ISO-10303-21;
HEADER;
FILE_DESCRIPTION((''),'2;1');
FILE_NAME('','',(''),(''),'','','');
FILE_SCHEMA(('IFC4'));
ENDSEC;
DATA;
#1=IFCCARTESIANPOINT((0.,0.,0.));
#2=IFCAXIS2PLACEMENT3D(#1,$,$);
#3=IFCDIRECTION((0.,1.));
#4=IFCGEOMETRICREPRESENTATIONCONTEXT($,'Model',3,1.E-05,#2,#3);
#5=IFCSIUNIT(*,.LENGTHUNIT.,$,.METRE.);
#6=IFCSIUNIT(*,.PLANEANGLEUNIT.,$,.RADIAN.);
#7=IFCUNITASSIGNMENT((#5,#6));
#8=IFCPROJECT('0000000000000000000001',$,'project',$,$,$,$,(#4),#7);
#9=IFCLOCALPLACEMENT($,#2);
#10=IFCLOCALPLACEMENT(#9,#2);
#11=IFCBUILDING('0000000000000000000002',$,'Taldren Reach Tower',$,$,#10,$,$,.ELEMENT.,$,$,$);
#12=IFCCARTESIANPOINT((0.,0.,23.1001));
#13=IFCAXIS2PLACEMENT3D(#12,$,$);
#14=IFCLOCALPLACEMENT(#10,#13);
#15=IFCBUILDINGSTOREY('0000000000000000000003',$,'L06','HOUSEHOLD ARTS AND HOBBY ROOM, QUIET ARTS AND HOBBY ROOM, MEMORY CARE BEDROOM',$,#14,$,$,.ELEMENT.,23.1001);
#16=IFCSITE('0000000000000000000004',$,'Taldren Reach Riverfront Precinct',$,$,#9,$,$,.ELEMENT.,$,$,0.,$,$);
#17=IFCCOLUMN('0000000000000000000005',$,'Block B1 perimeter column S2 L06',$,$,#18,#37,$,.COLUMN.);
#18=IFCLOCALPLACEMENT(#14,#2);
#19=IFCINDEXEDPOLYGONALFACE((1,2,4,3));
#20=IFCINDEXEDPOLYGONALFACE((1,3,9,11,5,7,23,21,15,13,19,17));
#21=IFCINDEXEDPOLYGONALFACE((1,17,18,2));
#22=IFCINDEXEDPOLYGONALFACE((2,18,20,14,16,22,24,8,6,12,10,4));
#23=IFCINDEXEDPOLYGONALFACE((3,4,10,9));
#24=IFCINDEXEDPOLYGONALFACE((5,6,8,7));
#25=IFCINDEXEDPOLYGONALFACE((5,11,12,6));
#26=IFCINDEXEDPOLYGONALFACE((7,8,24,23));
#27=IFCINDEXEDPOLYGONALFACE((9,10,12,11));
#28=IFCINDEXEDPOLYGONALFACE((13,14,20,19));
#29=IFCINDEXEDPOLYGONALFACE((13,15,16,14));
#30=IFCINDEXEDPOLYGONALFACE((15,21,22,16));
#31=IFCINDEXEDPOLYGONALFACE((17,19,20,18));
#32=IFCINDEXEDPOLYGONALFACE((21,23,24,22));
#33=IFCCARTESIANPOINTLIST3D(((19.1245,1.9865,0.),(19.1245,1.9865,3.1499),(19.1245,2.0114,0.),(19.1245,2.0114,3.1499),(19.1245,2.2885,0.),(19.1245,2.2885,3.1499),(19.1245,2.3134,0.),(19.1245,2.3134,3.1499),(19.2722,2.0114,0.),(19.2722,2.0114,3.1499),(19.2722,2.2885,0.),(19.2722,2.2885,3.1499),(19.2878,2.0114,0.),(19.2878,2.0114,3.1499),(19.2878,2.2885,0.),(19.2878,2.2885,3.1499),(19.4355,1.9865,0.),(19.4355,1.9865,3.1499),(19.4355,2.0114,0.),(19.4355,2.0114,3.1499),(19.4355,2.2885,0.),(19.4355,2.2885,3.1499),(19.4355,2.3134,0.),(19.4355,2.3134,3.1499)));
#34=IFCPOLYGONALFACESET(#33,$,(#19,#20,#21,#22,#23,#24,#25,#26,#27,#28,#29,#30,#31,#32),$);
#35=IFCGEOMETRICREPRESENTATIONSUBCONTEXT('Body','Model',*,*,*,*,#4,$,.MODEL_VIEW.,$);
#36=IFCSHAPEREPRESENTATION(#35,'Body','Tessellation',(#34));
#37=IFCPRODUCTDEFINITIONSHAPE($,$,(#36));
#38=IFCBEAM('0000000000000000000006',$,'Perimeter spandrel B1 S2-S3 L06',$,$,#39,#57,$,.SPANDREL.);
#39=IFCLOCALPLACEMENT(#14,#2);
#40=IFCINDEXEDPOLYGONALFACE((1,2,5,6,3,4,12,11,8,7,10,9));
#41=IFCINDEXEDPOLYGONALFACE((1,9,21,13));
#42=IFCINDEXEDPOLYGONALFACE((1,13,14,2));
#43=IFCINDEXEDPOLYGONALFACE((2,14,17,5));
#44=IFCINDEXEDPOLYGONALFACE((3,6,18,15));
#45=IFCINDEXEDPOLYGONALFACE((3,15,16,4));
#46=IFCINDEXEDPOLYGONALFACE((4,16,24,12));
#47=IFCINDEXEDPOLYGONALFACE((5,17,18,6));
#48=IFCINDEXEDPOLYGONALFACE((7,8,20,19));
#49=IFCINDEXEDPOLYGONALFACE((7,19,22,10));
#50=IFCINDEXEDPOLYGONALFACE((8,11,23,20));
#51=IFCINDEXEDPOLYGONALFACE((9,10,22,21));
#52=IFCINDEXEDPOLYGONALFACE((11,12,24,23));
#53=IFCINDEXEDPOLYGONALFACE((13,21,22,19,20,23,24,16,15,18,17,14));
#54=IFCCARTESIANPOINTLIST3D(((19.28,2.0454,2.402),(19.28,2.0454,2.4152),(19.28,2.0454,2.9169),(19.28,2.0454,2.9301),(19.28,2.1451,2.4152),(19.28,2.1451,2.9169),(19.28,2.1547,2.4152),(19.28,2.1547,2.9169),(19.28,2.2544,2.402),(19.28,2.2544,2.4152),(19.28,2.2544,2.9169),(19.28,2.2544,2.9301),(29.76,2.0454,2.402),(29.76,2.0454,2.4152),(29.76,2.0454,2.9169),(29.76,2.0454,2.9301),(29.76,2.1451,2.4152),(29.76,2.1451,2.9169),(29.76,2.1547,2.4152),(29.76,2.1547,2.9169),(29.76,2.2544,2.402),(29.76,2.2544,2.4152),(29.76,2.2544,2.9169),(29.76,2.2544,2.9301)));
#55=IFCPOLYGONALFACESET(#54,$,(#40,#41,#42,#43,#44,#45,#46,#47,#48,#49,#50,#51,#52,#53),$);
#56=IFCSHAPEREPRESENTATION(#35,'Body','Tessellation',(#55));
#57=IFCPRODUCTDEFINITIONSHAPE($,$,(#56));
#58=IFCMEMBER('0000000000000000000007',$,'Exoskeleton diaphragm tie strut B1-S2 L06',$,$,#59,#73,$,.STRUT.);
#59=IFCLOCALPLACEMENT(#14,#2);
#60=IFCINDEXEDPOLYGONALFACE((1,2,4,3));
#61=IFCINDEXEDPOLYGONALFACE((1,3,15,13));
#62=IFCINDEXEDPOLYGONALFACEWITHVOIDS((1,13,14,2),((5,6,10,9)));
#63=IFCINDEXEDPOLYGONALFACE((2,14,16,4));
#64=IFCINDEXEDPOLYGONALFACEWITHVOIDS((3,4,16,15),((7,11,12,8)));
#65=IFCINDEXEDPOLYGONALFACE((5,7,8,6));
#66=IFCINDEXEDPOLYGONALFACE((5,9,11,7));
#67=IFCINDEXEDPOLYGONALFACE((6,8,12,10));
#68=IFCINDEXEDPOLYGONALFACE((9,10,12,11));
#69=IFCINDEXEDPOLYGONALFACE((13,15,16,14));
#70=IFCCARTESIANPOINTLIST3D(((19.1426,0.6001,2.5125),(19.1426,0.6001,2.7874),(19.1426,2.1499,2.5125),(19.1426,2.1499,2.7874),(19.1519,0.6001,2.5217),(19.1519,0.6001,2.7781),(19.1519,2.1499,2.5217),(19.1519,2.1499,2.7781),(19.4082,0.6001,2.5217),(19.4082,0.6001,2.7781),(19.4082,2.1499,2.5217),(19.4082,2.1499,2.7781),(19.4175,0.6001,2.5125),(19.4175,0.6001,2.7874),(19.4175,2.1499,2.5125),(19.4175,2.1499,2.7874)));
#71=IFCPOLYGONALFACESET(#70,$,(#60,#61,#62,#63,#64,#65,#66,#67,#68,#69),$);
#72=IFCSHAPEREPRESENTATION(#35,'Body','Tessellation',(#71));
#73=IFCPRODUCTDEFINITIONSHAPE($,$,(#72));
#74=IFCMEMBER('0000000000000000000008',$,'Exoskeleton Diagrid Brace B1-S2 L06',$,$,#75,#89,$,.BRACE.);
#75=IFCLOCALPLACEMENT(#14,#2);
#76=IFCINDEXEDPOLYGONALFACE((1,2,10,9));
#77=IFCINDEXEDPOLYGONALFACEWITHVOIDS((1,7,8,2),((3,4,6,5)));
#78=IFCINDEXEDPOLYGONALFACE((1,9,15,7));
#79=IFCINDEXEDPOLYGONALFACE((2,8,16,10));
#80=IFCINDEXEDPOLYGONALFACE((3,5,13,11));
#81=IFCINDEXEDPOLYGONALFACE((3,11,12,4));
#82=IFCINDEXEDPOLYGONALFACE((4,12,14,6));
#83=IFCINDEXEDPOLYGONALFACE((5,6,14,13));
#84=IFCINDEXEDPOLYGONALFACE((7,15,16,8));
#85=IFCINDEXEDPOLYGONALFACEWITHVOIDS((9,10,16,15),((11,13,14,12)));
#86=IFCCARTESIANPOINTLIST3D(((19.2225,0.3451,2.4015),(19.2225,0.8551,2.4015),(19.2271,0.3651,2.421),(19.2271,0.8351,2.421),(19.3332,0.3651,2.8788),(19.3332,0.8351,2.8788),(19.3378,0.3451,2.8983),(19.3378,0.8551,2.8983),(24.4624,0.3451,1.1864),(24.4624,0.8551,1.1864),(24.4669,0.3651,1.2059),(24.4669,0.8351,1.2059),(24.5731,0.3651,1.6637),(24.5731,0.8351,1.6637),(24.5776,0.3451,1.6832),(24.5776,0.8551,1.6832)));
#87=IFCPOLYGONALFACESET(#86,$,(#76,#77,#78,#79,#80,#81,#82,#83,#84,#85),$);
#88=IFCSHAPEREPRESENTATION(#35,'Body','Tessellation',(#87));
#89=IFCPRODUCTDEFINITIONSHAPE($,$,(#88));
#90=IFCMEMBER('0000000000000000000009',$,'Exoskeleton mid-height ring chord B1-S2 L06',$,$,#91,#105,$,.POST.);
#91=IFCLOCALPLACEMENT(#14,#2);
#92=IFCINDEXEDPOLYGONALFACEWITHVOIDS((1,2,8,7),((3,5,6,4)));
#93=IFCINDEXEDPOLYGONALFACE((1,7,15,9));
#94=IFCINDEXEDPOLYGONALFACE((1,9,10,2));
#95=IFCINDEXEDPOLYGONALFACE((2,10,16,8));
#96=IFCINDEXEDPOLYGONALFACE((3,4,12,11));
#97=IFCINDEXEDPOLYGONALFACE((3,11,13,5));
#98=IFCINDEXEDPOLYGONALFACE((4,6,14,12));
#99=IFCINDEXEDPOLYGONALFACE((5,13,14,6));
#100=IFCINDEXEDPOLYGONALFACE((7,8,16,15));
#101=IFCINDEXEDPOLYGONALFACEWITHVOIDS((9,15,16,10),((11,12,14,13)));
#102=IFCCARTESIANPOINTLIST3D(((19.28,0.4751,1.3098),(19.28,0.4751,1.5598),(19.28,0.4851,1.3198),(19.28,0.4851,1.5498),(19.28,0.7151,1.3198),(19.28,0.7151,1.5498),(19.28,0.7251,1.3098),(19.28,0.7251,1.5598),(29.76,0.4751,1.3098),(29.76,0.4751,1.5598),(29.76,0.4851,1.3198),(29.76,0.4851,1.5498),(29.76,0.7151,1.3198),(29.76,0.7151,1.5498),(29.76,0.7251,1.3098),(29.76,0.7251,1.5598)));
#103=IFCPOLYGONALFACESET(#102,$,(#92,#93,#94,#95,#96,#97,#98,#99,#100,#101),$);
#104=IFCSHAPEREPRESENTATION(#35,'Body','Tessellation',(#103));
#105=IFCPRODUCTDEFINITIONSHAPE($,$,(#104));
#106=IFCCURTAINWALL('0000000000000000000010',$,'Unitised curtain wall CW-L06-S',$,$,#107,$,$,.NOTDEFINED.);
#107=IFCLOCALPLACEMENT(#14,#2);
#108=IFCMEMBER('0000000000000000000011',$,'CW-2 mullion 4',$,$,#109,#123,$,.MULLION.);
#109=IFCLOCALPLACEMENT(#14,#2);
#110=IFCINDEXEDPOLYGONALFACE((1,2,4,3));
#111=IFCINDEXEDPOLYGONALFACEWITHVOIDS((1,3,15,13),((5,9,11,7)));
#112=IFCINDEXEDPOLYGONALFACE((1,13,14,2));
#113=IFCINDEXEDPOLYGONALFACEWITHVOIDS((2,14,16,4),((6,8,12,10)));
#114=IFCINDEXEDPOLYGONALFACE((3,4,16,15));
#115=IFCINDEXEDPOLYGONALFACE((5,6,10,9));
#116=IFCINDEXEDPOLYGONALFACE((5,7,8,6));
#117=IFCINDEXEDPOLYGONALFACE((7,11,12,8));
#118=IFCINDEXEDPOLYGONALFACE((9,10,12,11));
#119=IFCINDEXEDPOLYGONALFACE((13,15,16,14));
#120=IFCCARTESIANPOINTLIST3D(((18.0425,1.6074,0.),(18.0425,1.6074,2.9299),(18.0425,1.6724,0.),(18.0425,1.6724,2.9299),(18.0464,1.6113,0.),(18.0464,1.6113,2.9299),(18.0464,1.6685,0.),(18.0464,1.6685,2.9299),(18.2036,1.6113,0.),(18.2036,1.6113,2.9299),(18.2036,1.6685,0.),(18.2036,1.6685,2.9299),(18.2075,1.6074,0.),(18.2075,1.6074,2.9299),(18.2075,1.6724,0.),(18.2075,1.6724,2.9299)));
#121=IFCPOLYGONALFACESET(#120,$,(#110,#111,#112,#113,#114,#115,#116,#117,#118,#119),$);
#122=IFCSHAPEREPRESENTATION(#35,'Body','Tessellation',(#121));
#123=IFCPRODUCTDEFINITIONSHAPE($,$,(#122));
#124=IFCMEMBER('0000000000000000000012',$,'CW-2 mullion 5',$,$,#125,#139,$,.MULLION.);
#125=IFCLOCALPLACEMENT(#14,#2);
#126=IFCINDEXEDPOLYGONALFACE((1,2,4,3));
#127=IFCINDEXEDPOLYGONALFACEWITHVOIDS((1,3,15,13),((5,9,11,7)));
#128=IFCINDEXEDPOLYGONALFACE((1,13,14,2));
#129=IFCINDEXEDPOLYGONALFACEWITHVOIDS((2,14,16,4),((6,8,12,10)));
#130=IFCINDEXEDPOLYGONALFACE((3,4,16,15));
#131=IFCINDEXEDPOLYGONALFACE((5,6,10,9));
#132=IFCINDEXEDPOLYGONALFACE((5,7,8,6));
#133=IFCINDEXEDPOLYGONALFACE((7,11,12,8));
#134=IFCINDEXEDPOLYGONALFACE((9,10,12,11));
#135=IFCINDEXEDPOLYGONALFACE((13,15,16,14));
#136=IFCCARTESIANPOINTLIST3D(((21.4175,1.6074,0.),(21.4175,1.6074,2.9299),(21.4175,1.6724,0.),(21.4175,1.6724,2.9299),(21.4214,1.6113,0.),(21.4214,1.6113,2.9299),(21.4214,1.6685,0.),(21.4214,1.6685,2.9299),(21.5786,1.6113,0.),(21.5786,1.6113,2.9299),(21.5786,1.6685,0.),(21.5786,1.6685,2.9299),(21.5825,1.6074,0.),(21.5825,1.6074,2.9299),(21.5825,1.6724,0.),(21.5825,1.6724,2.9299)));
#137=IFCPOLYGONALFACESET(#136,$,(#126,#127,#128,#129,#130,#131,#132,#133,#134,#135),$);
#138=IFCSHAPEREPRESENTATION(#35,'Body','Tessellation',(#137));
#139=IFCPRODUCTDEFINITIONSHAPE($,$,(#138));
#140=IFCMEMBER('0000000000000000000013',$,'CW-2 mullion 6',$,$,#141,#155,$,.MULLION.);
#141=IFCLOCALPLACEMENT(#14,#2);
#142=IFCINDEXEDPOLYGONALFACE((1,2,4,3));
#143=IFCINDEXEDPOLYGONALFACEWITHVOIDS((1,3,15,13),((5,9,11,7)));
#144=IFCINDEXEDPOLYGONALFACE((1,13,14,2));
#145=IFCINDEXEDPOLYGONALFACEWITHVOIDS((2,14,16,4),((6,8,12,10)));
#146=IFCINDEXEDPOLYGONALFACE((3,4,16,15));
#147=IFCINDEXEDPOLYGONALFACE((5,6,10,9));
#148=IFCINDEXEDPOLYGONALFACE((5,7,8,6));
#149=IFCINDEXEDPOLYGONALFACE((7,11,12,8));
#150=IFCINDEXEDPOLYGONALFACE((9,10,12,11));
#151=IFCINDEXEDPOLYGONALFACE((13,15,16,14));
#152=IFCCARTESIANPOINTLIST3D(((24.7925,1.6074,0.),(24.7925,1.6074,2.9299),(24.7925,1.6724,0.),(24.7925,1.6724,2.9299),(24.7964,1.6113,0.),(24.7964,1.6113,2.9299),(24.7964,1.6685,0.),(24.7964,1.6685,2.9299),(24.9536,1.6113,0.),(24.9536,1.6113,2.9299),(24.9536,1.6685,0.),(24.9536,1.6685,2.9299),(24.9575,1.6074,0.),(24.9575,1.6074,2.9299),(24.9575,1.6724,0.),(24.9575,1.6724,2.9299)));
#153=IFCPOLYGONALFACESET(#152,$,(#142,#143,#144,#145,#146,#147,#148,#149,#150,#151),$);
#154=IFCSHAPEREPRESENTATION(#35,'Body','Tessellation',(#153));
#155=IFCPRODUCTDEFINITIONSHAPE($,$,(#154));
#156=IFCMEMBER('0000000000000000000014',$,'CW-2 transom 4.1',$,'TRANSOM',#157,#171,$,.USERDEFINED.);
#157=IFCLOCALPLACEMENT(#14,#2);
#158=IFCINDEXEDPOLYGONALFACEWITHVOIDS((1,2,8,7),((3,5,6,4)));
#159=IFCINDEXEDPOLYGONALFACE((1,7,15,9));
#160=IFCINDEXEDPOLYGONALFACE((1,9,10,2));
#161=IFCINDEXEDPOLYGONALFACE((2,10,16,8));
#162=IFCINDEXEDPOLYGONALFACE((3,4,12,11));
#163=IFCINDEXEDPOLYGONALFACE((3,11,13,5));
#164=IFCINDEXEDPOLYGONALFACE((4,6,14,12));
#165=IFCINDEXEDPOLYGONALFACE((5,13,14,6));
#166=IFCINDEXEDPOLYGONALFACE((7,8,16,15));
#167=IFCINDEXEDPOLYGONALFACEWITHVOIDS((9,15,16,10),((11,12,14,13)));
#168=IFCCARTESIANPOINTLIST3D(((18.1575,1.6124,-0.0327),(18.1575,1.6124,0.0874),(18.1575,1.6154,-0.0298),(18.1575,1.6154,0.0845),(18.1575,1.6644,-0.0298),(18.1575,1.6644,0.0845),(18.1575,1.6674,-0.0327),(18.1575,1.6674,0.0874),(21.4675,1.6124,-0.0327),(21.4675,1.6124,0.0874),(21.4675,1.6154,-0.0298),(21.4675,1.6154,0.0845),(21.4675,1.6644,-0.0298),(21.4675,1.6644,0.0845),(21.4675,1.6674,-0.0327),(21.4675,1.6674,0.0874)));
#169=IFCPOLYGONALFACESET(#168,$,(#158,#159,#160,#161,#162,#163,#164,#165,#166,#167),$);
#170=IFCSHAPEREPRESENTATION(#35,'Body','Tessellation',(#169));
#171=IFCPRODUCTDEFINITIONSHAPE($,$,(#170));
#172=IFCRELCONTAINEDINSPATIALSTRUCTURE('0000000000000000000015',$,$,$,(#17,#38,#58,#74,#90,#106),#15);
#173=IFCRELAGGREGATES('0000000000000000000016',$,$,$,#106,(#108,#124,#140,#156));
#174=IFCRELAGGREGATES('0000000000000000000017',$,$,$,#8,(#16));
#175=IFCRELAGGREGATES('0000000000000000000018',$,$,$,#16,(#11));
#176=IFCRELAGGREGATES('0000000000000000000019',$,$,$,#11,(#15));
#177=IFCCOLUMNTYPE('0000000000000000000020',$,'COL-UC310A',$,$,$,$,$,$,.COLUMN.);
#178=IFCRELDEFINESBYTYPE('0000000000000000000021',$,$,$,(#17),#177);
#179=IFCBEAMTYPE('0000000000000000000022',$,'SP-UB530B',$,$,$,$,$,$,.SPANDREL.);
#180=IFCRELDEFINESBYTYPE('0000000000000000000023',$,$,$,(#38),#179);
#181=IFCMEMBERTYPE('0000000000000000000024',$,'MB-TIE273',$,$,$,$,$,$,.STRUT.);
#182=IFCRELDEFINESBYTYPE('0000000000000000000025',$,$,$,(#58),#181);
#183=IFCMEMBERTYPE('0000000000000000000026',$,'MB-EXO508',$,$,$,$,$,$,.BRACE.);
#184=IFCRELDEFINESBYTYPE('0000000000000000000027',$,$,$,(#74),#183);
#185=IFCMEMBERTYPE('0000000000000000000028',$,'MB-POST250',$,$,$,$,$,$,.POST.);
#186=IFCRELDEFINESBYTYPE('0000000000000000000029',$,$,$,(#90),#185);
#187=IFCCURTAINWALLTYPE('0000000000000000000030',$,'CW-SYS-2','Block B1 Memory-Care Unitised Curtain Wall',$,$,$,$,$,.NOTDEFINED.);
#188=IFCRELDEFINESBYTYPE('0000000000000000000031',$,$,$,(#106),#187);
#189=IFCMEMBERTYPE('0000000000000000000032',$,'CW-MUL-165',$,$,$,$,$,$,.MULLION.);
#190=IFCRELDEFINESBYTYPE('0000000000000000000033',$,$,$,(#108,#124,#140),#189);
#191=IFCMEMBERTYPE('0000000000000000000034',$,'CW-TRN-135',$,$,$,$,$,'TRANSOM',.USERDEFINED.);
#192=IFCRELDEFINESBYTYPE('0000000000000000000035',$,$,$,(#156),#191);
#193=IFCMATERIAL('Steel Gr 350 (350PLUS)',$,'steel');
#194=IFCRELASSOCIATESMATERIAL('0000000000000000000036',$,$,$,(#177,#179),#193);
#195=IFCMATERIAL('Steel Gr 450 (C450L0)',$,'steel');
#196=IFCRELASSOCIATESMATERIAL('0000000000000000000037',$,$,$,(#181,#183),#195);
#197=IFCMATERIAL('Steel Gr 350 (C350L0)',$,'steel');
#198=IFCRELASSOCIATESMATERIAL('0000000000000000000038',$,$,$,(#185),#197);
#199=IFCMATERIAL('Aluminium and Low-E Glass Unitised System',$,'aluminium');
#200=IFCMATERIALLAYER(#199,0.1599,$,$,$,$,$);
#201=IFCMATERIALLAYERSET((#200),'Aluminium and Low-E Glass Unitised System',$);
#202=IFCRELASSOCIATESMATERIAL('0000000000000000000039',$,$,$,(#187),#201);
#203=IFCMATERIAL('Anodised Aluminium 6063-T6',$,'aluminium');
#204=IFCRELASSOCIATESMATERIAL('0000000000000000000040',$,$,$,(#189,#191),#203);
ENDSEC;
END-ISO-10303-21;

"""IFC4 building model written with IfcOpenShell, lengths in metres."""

from ifc_helpers import new_model, si_unit, direction, frame, origin, origin_2d, place, context, subcontext, project, spatial, hollow_rectangle, i_section, extrude, source, transform, mapped, material, layer, layer_set, material_profile, profile_set, type_object, element, aggregate, save


model = new_model("IFC4")

# Units and contexts
model_context = context("Model", 3, precision=1e-05, world=origin(), true_north=direction((0.0, 1.0)))
body_context = subcontext(model_context, "Body", "Model", "MODEL_VIEW")
ifc_project = project(units=[si_unit("LENGTHUNIT", "METRE"), si_unit("PLANEANGLEUNIT", "RADIAN")], contexts=[model_context])

# Site, building, storey
site_placement = place(None, origin())
site = spatial("IfcSite", under=ifc_project, at=site_placement, Name="Taldren Reach Riverfront Precinct", CompositionType="ELEMENT", RefElevation=0.0)
building_placement = place(site_placement, origin())
building = spatial("IfcBuilding", under=site, at=building_placement, Name="Taldren Reach Tower", CompositionType="ELEMENT")
storey_placement = place(building_placement, frame((0.0, 0.0, 23.1001)))
storey = spatial("IfcBuildingStorey", under=building, at=storey_placement, Name="L06", Description="HOUSEHOLD ARTS AND HOBBY ROOM, QUIET ARTS AND HOBBY ROOM, MEMORY CARE BEDROOM", CompositionType="ELEMENT", Elevation=23.1001)

# Column
ifc_material_1 = material(Name="Steel Gr 350 (350PLUS)", Category="steel")
ifc_material_profile_1 = material_profile(ifc_material_1, i_section(OverallWidth=0.311, OverallDepth=0.3269, WebThickness=0.0156, FlangeThickness=0.0249, at=origin_2d()), Name="310UC158")
ifc_profile_set_1 = profile_set([ifc_material_profile_1], Name="Steel Gr 350 (350PLUS)")
column_type = type_object("IfcColumnType", Name="COL-UC310A", PredefinedType="COLUMN", material=ifc_profile_set_1)
shared_shape_1 = source(origin(), body_context, "Body", "SweptSolid", [
    extrude(i_section(OverallWidth=0.311, OverallDepth=0.3269, WebThickness=0.0156, FlangeThickness=0.0249, at=origin_2d()), origin(), (0.0, 0.0, 1.0), 3.1499),
])
column_placement = place(storey_placement, frame((19.28, 2.1499, 0.0), z_axis=(0.0, 0.0, 1.0), x_axis=(1.0, 0.0, 0.0)))
element("IfcColumn", 1, at=column_placement, inside=storey, type_object=column_type, Name="Block B1 perimeter column S2 L06", PredefinedType="COLUMN", context=body_context, shape_type="MappedRepresentation", body=[
    mapped(shared_shape_1, transform((0.0, 0.0, 0.0), scale=1.0)),
])

# Beam
ifc_material_profile_2 = material_profile(ifc_material_1, i_section(OverallWidth=0.209, OverallDepth=0.5281, WebThickness=0.0095, FlangeThickness=0.0132, at=origin_2d()), Name="530UB82.0")
ifc_profile_set_2 = profile_set([ifc_material_profile_2], Name="Steel Gr 350 (350PLUS)")
beam_type = type_object("IfcBeamType", Name="SP-UB530B", PredefinedType="SPANDREL", material=ifc_profile_set_2)
shared_shape_2 = source(origin(), body_context, "Body", "SweptSolid", [
    extrude(i_section(OverallWidth=0.209, OverallDepth=0.5281, WebThickness=0.0095, FlangeThickness=0.0132, at=origin_2d()), origin(), (0.0, 0.0, 1.0), 10.48),
])
beam_placement = place(storey_placement, frame((19.28, 2.1499, 2.666), z_axis=(1.0, 0.0, 0.0), x_axis=(0.0, 1.0, 0.0)))
element("IfcBeam", 2, at=beam_placement, inside=storey, type_object=beam_type, Name="Perimeter spandrel B1 S2-S3 L06", PredefinedType="SPANDREL", context=body_context, shape_type="MappedRepresentation", body=[
    mapped(shared_shape_2, transform((0.0, 0.0, 0.0), scale=1.0)),
])

# Members
ifc_material_2 = material(Name="Steel Gr 450 (C450L0)", Category="steel")
ifc_material_profile_3 = material_profile(ifc_material_2, hollow_rectangle(XDim=0.2749, YDim=0.2749, WallThickness=0.0093, at=origin_2d()), Name="275x275x9.3SHS")
ifc_profile_set_3 = profile_set([ifc_material_profile_3], Name="Steel Gr 450 (C450L0)")
member_type_1 = type_object("IfcMemberType", Name="MB-TIE273", PredefinedType="STRUT", material=ifc_profile_set_3)
shared_shape_3 = source(origin(), body_context, "Body", "SweptSolid", [
    extrude(hollow_rectangle(XDim=0.2749, YDim=0.2749, WallThickness=0.0093, at=origin_2d()), origin(), (0.0, 0.0, 1.0), 1.5498),
])
member_1_placement = place(storey_placement, frame((19.28, 2.1499, 2.6499), z_axis=(0.0, -1.0, 0.0), x_axis=(1.0, 0.0, 0.0)))
element("IfcMember", 3, at=member_1_placement, inside=storey, type_object=member_type_1, Name="Exoskeleton diaphragm tie strut B1-S2 L06", PredefinedType="STRUT", context=body_context, shape_type="MappedRepresentation", body=[
    mapped(shared_shape_3, transform((0.0, 0.0, 0.0), scale=1.0)),
])
ifc_material_profile_4 = material_profile(ifc_material_2, hollow_rectangle(XDim=0.51, YDim=0.51, WallThickness=0.02, at=origin_2d()), Name="510x510x20.0SHS")
ifc_profile_set_4 = profile_set([ifc_material_profile_4], Name="Steel Gr 450 (C450L0)")
member_type_2 = type_object("IfcMemberType", Name="MB-EXO508", PredefinedType="BRACE", material=ifc_profile_set_4)
shared_shape_4 = source(origin(), body_context, "Body", "SweptSolid", [
    extrude(hollow_rectangle(XDim=0.51, YDim=0.51, WallThickness=0.02, at=origin_2d()), origin(), (0.0, 0.0, 1.0), 5.3789),
])
member_2_placement = place(storey_placement, frame((24.52, 0.6001, 1.4348), z_axis=(-0.974152, 0.0, 0.225894), x_axis=(0.0, -1.0, 0.0)))
element("IfcMember", 4, at=member_2_placement, inside=storey, type_object=member_type_2, Name="Exoskeleton Diagrid Brace B1-S2 L06", PredefinedType="BRACE", context=body_context, shape_type="MappedRepresentation", body=[
    mapped(shared_shape_4, transform((0.0, 0.0, 0.0), scale=1.0)),
])
ifc_material_3 = material(Name="Steel Gr 350 (C350L0)", Category="steel")
ifc_material_profile_5 = material_profile(ifc_material_3, hollow_rectangle(XDim=0.25, YDim=0.25, WallThickness=0.01, at=origin_2d()), Name="250x250x10.0SHS")
ifc_profile_set_5 = profile_set([ifc_material_profile_5], Name="Steel Gr 350 (C350L0)")
member_type_3 = type_object("IfcMemberType", Name="MB-POST250", PredefinedType="POST", material=ifc_profile_set_5)
shared_shape_5 = source(origin(), body_context, "Body", "SweptSolid", [
    extrude(hollow_rectangle(XDim=0.25, YDim=0.25, WallThickness=0.01, at=origin_2d()), origin(), (0.0, 0.0, 1.0), 10.48),
])
member_3_placement = place(storey_placement, frame((19.28, 0.6001, 1.4348), z_axis=(1.0, 0.0, 0.0), x_axis=(0.0, 1.0, 0.0)))
element("IfcMember", 5, at=member_3_placement, inside=storey, type_object=member_type_3, Name="Exoskeleton mid-height ring chord B1-S2 L06", PredefinedType="POST", context=body_context, shape_type="MappedRepresentation", body=[
    mapped(shared_shape_5, transform((0.0, 0.0, 0.0), scale=1.0)),
])

# Curtain wall, members
ifc_material_4 = material(Name="Aluminium and Low-E Glass Unitised System", Category="aluminium")
ifc_layer_1 = layer(ifc_material_4, 0.1599)
ifc_layer_set_1 = layer_set([ifc_layer_1], Name="Aluminium and Low-E Glass Unitised System")
curtain_wall_type = type_object("IfcCurtainWallType", Name="CW-SYS-2", Description="Block B1 Memory-Care Unitised Curtain Wall", PredefinedType="NOTDEFINED", material=ifc_layer_set_1)
curtain_wall_placement = place(storey_placement, origin())
curtain_wall = element("IfcCurtainWall", 6, at=curtain_wall_placement, inside=storey, type_object=curtain_wall_type, Name="Unitised curtain wall CW-L06-S", PredefinedType="NOTDEFINED")
ifc_material_5 = material(Name="Anodised Aluminium 6063-T6", Category="aluminium")
ifc_material_profile_6 = material_profile(ifc_material_5, hollow_rectangle(XDim=0.0649, YDim=0.165, WallThickness=0.0039, at=origin_2d()), Name="ALU-165x65x4RHS")
ifc_profile_set_6 = profile_set([ifc_material_profile_6], Name="Anodised Aluminium 6063-T6")
member_type_4 = type_object("IfcMemberType", Name="CW-MUL-165", PredefinedType="MULLION", material=ifc_profile_set_6)
shared_shape_6 = source(origin(), body_context, "Body", "SweptSolid", [
    extrude(hollow_rectangle(XDim=0.0649, YDim=0.165, WallThickness=0.0039, at=origin_2d()), origin(), (0.0, 0.0, 1.0), 2.9299),
])
member_4_placement = place(storey_placement, frame((18.125, 1.6399, 0.0), z_axis=(0.0, 0.0, 1.0), x_axis=(0.0, 1.0, 0.0)))
member_4 = element("IfcMember", 7, at=member_4_placement, type_object=member_type_4, Name="CW-2 mullion 4", PredefinedType="MULLION", context=body_context, shape_type="MappedRepresentation", body=[
    mapped(shared_shape_6, transform((0.0, 0.0, 0.0), scale=1.0)),
])
member_5_placement = place(storey_placement, frame((21.5, 1.6399, 0.0), z_axis=(0.0, 0.0, 1.0), x_axis=(0.0, 1.0, 0.0)))
member_5 = element("IfcMember", 8, at=member_5_placement, type_object=member_type_4, Name="CW-2 mullion 5", PredefinedType="MULLION", context=body_context, shape_type="MappedRepresentation", body=[
    mapped(shared_shape_6, transform((0.0, 0.0, 0.0), scale=1.0)),
])
member_6_placement = place(storey_placement, frame((24.875, 1.6399, 0.0), z_axis=(0.0, 0.0, 1.0), x_axis=(0.0, 1.0, 0.0)))
member_6 = element("IfcMember", 9, at=member_6_placement, type_object=member_type_4, Name="CW-2 mullion 6", PredefinedType="MULLION", context=body_context, shape_type="MappedRepresentation", body=[
    mapped(shared_shape_6, transform((0.0, 0.0, 0.0), scale=1.0)),
])
ifc_material_profile_7 = material_profile(ifc_material_5, hollow_rectangle(XDim=0.0549, YDim=0.1201, WallThickness=0.0029, at=origin_2d()), Name="ALU-120x55x3RHS")
ifc_profile_set_7 = profile_set([ifc_material_profile_7], Name="Anodised Aluminium 6063-T6")
member_type_5 = type_object("IfcMemberType", Name="CW-TRN-135", ElementType="TRANSOM", PredefinedType="USERDEFINED", material=ifc_profile_set_7)
shared_shape_7 = source(origin(), body_context, "Body", "SweptSolid", [
    extrude(hollow_rectangle(XDim=0.0549, YDim=0.1201, WallThickness=0.0029, at=origin_2d()), origin(), (0.0, 0.0, 1.0), 3.3101),
])
member_7_placement = place(storey_placement, frame((18.1575, 1.6399, 0.0273), z_axis=(1.0, 0.0, 0.0), x_axis=(0.0, 1.0, 0.0)))
member_7 = element("IfcMember", 10, at=member_7_placement, type_object=member_type_5, Name="CW-2 transom 4.1", ObjectType="TRANSOM", PredefinedType="USERDEFINED", context=body_context, shape_type="MappedRepresentation", body=[
    mapped(shared_shape_7, transform((0.0, 0.0, 0.0), scale=1.0)),
])

aggregate(curtain_wall, [member_4, member_5, member_6, member_7])

save(model, "model.ifc")
